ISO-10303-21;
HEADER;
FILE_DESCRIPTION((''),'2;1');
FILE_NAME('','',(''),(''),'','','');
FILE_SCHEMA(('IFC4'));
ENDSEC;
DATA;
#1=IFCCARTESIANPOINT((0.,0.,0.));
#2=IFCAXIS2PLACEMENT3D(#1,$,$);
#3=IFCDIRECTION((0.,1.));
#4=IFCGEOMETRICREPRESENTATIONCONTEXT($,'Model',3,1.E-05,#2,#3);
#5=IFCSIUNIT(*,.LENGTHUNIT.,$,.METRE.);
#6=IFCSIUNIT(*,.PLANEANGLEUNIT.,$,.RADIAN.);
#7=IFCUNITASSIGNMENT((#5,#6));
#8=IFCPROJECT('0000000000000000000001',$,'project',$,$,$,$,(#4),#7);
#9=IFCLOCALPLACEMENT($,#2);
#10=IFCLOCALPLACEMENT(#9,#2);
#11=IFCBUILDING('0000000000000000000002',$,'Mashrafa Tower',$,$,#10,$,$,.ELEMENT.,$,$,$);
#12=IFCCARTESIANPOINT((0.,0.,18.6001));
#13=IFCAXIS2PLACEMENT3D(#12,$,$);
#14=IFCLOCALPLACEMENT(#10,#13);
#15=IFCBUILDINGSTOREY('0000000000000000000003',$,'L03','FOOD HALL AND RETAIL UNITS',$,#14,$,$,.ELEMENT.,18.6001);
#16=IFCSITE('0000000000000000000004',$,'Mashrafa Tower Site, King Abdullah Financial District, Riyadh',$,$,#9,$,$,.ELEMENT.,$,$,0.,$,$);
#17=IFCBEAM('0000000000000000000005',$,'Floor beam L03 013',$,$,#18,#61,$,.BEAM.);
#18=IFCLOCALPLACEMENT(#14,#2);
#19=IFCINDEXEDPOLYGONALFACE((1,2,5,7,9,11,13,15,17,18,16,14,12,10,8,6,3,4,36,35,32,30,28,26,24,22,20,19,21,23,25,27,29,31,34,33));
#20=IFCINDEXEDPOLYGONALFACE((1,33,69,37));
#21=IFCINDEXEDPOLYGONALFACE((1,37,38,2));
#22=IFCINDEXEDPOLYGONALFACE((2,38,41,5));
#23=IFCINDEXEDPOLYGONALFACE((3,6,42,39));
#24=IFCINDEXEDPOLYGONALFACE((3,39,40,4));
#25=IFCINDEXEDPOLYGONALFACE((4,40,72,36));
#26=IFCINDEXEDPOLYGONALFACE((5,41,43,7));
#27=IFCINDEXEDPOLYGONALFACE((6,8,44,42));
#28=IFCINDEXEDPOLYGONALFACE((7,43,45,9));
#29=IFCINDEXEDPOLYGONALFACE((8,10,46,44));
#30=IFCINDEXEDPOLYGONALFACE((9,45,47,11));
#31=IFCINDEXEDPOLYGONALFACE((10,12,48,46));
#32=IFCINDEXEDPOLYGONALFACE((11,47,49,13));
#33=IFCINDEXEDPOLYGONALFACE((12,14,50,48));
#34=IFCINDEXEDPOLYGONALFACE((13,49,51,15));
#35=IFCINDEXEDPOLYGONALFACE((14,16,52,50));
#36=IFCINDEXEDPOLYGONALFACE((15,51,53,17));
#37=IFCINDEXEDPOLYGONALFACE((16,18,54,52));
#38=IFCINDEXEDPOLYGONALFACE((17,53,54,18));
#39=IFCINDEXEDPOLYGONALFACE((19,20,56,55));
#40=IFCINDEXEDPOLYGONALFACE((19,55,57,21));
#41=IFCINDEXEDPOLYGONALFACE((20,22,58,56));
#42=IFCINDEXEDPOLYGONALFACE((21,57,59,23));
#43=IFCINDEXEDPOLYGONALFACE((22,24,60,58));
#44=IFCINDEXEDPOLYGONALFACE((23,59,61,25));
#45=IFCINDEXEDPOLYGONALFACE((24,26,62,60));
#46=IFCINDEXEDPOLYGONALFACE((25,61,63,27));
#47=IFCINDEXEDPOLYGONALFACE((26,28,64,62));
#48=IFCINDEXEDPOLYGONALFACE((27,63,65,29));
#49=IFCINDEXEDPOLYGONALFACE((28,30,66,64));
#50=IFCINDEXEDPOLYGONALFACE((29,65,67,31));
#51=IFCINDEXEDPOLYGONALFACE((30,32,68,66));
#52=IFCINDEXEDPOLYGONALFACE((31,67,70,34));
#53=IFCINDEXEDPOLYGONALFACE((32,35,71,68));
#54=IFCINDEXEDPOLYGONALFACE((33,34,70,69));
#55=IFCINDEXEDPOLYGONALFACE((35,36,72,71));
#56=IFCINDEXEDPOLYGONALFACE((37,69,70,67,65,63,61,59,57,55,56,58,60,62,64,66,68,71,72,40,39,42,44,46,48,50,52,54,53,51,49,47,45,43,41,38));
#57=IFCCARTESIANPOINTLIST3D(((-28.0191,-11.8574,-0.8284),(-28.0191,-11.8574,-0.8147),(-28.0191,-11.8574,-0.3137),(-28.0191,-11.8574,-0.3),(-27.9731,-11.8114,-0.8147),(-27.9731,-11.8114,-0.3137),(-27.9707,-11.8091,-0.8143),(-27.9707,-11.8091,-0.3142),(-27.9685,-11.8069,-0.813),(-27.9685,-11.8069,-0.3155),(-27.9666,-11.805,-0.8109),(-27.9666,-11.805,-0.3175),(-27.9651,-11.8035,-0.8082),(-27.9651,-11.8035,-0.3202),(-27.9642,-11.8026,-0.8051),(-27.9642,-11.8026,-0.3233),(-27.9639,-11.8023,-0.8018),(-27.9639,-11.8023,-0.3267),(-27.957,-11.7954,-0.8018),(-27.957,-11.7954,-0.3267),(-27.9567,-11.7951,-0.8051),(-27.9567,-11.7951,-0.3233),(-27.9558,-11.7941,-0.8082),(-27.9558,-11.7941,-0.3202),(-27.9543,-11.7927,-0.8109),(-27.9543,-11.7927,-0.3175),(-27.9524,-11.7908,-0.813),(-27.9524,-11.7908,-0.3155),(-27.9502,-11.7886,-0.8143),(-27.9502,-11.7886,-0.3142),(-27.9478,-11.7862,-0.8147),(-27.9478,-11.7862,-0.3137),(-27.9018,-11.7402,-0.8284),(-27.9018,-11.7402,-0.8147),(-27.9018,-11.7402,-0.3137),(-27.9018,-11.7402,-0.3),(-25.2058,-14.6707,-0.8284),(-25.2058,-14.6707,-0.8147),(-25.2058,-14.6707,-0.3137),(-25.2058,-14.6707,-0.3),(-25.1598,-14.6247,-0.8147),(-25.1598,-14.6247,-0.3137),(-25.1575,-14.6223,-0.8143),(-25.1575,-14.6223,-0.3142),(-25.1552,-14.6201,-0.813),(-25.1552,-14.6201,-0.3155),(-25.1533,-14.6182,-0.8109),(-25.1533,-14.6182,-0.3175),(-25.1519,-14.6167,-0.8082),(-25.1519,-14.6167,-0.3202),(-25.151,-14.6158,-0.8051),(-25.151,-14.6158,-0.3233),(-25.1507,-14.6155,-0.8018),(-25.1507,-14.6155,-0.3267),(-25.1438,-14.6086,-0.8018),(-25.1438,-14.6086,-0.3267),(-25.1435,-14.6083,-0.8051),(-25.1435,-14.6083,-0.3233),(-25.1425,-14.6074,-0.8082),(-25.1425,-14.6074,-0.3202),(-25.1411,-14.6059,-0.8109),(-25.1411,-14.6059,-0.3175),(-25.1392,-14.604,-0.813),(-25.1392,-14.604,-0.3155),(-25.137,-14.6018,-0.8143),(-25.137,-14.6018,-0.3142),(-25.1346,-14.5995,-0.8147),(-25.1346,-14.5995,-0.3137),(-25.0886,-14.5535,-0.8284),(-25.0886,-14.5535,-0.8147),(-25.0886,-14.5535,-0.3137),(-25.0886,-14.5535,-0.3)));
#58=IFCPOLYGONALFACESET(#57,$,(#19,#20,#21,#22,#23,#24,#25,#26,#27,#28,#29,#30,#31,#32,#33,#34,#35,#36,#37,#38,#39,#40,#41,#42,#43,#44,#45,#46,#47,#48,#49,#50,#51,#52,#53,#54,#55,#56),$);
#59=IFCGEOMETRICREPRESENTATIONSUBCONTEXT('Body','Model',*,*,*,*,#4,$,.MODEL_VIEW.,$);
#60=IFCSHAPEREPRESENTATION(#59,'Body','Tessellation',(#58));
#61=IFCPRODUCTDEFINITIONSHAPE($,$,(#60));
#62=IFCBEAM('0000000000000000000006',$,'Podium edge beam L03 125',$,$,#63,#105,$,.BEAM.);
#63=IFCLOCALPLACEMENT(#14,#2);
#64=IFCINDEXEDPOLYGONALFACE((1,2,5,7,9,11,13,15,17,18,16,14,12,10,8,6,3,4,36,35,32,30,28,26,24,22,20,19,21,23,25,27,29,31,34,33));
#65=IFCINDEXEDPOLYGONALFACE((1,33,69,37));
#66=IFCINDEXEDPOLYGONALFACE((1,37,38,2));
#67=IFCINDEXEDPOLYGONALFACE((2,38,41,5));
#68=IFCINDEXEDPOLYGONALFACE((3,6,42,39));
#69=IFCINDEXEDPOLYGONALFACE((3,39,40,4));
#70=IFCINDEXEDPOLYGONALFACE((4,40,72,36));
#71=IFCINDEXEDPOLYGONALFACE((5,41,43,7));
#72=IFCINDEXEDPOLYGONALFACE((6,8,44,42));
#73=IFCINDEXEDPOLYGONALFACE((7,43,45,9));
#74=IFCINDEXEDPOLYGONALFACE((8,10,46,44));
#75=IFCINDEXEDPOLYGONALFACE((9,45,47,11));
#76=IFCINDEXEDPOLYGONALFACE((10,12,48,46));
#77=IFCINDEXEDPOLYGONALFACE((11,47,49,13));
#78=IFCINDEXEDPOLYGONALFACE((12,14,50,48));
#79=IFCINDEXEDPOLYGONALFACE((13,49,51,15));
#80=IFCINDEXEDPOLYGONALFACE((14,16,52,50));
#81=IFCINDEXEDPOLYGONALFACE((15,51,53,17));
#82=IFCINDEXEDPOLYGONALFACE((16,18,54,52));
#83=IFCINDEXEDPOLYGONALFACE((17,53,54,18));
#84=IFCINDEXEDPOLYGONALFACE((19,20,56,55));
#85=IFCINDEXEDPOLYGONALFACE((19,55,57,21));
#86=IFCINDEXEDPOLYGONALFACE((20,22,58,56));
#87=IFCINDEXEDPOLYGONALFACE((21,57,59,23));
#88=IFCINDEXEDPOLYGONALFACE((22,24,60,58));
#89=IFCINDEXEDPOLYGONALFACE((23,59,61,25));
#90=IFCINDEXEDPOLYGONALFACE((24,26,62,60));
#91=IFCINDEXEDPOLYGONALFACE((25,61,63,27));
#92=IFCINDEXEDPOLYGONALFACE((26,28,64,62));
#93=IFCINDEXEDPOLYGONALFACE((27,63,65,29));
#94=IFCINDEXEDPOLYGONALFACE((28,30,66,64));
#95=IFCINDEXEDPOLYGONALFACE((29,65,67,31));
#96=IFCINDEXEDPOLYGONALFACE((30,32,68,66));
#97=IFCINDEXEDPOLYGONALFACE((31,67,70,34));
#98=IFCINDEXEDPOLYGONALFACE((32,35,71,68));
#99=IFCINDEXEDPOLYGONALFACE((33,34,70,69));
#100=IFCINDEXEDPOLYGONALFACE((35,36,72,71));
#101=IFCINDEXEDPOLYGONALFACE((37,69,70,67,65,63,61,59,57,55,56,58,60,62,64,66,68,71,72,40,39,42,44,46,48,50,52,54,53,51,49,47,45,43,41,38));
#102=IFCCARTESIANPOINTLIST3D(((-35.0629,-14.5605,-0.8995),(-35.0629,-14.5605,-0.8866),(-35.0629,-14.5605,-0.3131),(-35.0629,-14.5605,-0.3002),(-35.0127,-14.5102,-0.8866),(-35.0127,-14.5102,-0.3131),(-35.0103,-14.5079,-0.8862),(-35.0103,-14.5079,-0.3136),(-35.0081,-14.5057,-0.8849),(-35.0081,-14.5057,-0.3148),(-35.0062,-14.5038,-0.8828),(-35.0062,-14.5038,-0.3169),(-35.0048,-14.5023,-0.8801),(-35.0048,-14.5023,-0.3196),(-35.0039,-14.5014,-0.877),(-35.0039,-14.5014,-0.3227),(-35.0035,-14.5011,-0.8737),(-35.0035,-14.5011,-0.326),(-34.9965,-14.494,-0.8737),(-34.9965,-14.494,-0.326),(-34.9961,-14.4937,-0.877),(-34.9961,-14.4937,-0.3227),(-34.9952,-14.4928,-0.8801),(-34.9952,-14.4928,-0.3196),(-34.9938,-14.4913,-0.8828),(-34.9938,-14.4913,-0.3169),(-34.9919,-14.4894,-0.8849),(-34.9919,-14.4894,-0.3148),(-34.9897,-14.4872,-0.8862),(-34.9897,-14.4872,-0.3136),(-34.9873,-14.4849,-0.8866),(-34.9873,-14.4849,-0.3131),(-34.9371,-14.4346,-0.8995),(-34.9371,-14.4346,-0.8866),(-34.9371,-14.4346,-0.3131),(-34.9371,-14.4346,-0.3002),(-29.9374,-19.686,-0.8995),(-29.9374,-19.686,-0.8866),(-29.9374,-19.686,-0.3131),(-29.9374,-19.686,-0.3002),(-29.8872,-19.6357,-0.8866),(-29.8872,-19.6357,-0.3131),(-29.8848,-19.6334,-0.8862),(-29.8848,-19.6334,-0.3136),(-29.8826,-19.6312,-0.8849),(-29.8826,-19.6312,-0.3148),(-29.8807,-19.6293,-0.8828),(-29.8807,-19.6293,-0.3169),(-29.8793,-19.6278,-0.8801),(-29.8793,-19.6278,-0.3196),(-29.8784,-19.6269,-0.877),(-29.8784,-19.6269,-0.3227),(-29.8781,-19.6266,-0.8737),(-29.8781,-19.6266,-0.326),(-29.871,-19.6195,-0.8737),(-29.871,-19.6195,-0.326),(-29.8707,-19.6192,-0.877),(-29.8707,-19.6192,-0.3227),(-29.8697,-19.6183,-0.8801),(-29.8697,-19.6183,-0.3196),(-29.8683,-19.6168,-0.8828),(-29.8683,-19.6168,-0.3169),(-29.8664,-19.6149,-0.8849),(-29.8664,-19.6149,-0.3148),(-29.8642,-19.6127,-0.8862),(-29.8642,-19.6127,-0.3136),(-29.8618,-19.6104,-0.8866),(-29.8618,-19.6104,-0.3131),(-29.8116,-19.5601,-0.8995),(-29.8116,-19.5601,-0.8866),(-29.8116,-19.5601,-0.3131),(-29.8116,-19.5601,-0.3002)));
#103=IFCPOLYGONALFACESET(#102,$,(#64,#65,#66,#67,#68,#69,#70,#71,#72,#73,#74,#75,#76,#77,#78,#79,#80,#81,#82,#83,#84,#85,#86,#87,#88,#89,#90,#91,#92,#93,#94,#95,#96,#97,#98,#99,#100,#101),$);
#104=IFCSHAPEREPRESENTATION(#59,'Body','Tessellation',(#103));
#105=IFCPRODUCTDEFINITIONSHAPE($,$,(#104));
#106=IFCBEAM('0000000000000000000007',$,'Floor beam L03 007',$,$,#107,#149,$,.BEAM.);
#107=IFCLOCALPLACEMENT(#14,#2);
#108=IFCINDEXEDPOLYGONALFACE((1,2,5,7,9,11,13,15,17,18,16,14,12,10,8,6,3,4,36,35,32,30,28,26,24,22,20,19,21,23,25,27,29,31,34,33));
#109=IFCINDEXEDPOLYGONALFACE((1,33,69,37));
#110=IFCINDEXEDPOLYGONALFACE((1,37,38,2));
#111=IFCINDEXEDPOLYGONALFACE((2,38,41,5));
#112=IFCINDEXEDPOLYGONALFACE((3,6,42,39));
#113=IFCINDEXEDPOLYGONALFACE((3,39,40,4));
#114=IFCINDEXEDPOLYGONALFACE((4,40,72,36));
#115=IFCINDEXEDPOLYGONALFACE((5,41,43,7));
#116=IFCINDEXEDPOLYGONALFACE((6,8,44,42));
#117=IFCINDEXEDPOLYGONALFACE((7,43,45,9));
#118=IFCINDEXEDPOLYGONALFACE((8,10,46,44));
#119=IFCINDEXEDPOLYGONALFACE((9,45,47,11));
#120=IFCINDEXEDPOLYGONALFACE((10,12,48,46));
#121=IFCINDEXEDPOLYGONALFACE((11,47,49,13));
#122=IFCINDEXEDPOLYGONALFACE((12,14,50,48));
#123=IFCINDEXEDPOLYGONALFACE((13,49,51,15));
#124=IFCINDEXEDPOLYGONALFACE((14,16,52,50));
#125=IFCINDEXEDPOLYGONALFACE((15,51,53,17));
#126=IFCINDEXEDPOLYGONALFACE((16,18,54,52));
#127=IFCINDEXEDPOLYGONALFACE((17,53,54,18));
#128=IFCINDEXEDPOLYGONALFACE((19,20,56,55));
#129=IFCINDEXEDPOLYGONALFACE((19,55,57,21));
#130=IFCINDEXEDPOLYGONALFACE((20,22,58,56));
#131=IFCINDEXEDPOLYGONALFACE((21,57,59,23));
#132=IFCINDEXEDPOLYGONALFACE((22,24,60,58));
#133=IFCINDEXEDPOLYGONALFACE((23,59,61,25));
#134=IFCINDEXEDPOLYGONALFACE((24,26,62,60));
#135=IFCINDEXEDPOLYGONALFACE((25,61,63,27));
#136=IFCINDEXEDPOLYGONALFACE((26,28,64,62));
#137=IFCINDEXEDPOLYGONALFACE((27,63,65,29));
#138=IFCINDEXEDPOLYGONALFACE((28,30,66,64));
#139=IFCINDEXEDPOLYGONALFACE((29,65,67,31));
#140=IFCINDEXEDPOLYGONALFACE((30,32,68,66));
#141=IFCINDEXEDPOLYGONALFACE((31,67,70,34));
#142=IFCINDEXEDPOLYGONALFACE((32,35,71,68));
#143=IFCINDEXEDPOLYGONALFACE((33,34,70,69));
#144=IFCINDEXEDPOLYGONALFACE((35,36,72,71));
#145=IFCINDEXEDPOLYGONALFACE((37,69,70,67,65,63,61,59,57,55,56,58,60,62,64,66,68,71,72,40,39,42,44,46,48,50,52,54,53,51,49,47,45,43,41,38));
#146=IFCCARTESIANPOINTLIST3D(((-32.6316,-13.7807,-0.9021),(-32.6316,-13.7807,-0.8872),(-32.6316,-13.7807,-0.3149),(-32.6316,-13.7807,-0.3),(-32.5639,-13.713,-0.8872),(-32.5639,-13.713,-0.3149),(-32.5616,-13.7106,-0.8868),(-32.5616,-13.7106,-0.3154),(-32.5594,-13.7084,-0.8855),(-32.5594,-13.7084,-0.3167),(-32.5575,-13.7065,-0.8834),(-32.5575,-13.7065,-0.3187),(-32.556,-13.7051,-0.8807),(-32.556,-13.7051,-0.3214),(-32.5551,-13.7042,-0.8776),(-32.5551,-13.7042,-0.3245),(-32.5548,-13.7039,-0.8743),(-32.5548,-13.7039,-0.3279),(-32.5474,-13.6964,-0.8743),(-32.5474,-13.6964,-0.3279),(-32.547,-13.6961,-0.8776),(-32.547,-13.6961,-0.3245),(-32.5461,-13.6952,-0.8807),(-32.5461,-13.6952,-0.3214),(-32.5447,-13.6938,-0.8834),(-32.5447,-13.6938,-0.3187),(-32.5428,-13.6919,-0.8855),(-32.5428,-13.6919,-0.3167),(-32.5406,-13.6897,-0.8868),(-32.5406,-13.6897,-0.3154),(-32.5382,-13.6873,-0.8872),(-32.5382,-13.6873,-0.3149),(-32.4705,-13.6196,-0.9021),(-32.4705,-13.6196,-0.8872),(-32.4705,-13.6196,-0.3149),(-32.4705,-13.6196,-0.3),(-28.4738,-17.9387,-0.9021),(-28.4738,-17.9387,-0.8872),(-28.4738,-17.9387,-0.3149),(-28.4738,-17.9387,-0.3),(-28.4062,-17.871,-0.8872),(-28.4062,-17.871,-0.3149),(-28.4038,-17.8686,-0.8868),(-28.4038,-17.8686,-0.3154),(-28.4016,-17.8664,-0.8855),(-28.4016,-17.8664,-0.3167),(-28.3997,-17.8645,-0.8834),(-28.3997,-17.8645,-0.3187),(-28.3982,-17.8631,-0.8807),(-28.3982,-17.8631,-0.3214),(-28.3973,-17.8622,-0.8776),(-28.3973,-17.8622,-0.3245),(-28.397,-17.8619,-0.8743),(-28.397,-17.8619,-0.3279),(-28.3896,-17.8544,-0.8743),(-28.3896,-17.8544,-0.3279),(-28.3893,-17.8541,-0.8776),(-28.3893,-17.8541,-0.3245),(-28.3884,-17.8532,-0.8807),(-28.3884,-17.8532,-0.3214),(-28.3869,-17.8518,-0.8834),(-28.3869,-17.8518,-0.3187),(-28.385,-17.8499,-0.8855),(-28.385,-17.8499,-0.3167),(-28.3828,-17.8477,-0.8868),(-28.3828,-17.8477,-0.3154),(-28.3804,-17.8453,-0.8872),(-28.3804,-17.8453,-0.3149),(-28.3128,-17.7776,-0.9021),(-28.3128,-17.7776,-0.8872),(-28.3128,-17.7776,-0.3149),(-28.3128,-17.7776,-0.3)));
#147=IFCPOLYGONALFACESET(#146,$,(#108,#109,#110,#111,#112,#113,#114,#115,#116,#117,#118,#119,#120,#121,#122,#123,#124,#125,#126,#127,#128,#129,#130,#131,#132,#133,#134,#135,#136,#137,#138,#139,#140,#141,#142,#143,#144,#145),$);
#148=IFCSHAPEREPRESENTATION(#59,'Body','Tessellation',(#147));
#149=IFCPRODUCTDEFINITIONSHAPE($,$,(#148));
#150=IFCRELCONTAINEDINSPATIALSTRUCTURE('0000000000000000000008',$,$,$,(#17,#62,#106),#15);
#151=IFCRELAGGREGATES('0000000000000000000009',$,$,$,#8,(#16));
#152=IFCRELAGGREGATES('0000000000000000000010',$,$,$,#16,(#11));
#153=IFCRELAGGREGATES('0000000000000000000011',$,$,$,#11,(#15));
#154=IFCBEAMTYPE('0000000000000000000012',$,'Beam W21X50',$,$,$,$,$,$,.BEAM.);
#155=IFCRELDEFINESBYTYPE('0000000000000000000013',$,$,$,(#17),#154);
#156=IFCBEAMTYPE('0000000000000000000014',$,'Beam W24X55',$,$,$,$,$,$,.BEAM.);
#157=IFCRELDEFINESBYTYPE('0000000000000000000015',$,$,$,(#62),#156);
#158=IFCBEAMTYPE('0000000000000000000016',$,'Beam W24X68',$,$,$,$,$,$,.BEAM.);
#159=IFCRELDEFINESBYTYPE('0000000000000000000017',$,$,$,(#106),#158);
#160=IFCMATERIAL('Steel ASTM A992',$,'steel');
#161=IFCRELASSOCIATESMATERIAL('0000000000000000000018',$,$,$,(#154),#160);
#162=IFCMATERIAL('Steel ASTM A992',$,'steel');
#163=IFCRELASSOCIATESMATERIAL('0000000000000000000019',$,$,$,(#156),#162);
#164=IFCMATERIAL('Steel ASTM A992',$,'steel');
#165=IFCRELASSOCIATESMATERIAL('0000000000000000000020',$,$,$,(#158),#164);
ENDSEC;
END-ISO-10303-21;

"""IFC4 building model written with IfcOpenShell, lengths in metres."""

from ifc_helpers import new_model, si_unit, direction, frame, origin, origin_2d, place, context, subcontext, project, spatial, i_section, extrude, material, material_profile, profile_set, type_object, element, save


model = new_model("IFC4")

# Units and contexts
model_context = context("Model", 3, precision=1e-05, world=origin(), true_north=direction((0.0, 1.0)))
body_context = subcontext(model_context, "Body", "Model", "MODEL_VIEW")
ifc_project = project(units=[si_unit("LENGTHUNIT", "METRE"), si_unit("PLANEANGLEUNIT", "RADIAN")], contexts=[model_context])

# Site, building, storey
site_placement = place(None, origin())
site = spatial("IfcSite", under=ifc_project, at=site_placement, Name="Mashrafa Tower Site, King Abdullah Financial District, Riyadh", CompositionType="ELEMENT", RefElevation=0.0)
building_placement = place(site_placement, origin())
building = spatial("IfcBuilding", under=site, at=building_placement, Name="Mashrafa Tower", CompositionType="ELEMENT")
storey_placement = place(building_placement, frame((0.0, 0.0, 18.6001)))
storey = spatial("IfcBuildingStorey", under=building, at=storey_placement, Name="L03", Description="FOOD HALL AND RETAIL UNITS", CompositionType="ELEMENT", Elevation=18.6001)

# Beams
ifc_material_1 = material(Name="Steel ASTM A992", Category="steel")
ifc_material_profile_1 = material_profile(ifc_material_1, i_section(OverallWidth=0.1658, OverallDepth=0.5283, WebThickness=0.0098, FlangeThickness=0.0137, FilletRadius=0.0129, at=origin_2d()), Name="W21X50")
ifc_profile_set_1 = profile_set([ifc_material_profile_1], Name="Steel ASTM A992")
beam_type_1 = type_object("IfcBeamType", Name="Beam W21X50", PredefinedType="BEAM", material=ifc_profile_set_1)
beam_1_placement = place(storey_placement, frame((-25.1472, -14.6121, -0.5642), z_axis=(-0.707107, 0.707107, 0.0), x_axis=(-0.707107, -0.707107, 0.0)))
element("IfcBeam", 1, at=beam_1_placement, inside=storey, type_object=beam_type_1, Name="Floor beam L03 013", PredefinedType="BEAM", context=body_context, shape_type="SweptSolid", body=[
    extrude(i_section(OverallWidth=0.1658, OverallDepth=0.5283, WebThickness=0.0098, FlangeThickness=0.0137, FilletRadius=0.0129, at=origin_2d()), origin(), (0.0, 0.0, 1.0), 3.9785),
])
ifc_material_2 = material(Name="Steel ASTM A992", Category="steel")
ifc_material_profile_2 = material_profile(ifc_material_2, i_section(OverallWidth=0.178, OverallDepth=0.5994, WebThickness=0.01, FlangeThickness=0.0129, FilletRadius=0.0129, at=origin_2d()), Name="W24X55")
ifc_profile_set_2 = profile_set([ifc_material_profile_2], Name="Steel ASTM A992")
beam_type_2 = type_object("IfcBeamType", Name="Beam W24X55", PredefinedType="BEAM", material=ifc_profile_set_2)
beam_2_placement = place(storey_placement, frame((-35.0, -14.4976, -0.5999), z_axis=(0.707107, -0.707107, 0.0), x_axis=(0.707107, 0.707107, 0.0)))
element("IfcBeam", 2, at=beam_2_placement, inside=storey, type_object=beam_type_2, Name="Podium edge beam L03 125", PredefinedType="BEAM", context=body_context, shape_type="SweptSolid", body=[
    extrude(i_section(OverallWidth=0.178, OverallDepth=0.5994, WebThickness=0.01, FlangeThickness=0.0129, FilletRadius=0.0129, at=origin_2d()), origin(), (0.0, 0.0, 1.0), 7.2485),
])
ifc_material_3 = material(Name="Steel ASTM A992", Category="steel")
ifc_material_profile_3 = material_profile(ifc_material_3, i_section(OverallWidth=0.2278, OverallDepth=0.6021, WebThickness=0.0105, FlangeThickness=0.0149, FilletRadius=0.0129, at=origin_2d()), Name="W24X68")
ifc_profile_set_3 = profile_set([ifc_material_profile_3], Name="Steel ASTM A992")
beam_type_3 = type_object("IfcBeamType", Name="Beam W24X68", PredefinedType="BEAM", material=ifc_profile_set_3)
beam_3_placement = place(storey_placement, frame((-28.3933, -17.8582, -0.6011), z_axis=(-0.707086, 0.707128, 0.0), x_axis=(-0.707128, -0.707086, 0.0)))
element("IfcBeam", 3, at=beam_3_placement, inside=storey, type_object=beam_type_3, Name="Floor beam L03 007", PredefinedType="BEAM", context=body_context, shape_type="SweptSolid", body=[
    extrude(i_section(OverallWidth=0.2278, OverallDepth=0.6021, WebThickness=0.0105, FlangeThickness=0.0149, FilletRadius=0.0129, at=origin_2d()), origin(), (0.0, 0.0, 1.0), 5.8801),
])

save(model, "model.ifc")
